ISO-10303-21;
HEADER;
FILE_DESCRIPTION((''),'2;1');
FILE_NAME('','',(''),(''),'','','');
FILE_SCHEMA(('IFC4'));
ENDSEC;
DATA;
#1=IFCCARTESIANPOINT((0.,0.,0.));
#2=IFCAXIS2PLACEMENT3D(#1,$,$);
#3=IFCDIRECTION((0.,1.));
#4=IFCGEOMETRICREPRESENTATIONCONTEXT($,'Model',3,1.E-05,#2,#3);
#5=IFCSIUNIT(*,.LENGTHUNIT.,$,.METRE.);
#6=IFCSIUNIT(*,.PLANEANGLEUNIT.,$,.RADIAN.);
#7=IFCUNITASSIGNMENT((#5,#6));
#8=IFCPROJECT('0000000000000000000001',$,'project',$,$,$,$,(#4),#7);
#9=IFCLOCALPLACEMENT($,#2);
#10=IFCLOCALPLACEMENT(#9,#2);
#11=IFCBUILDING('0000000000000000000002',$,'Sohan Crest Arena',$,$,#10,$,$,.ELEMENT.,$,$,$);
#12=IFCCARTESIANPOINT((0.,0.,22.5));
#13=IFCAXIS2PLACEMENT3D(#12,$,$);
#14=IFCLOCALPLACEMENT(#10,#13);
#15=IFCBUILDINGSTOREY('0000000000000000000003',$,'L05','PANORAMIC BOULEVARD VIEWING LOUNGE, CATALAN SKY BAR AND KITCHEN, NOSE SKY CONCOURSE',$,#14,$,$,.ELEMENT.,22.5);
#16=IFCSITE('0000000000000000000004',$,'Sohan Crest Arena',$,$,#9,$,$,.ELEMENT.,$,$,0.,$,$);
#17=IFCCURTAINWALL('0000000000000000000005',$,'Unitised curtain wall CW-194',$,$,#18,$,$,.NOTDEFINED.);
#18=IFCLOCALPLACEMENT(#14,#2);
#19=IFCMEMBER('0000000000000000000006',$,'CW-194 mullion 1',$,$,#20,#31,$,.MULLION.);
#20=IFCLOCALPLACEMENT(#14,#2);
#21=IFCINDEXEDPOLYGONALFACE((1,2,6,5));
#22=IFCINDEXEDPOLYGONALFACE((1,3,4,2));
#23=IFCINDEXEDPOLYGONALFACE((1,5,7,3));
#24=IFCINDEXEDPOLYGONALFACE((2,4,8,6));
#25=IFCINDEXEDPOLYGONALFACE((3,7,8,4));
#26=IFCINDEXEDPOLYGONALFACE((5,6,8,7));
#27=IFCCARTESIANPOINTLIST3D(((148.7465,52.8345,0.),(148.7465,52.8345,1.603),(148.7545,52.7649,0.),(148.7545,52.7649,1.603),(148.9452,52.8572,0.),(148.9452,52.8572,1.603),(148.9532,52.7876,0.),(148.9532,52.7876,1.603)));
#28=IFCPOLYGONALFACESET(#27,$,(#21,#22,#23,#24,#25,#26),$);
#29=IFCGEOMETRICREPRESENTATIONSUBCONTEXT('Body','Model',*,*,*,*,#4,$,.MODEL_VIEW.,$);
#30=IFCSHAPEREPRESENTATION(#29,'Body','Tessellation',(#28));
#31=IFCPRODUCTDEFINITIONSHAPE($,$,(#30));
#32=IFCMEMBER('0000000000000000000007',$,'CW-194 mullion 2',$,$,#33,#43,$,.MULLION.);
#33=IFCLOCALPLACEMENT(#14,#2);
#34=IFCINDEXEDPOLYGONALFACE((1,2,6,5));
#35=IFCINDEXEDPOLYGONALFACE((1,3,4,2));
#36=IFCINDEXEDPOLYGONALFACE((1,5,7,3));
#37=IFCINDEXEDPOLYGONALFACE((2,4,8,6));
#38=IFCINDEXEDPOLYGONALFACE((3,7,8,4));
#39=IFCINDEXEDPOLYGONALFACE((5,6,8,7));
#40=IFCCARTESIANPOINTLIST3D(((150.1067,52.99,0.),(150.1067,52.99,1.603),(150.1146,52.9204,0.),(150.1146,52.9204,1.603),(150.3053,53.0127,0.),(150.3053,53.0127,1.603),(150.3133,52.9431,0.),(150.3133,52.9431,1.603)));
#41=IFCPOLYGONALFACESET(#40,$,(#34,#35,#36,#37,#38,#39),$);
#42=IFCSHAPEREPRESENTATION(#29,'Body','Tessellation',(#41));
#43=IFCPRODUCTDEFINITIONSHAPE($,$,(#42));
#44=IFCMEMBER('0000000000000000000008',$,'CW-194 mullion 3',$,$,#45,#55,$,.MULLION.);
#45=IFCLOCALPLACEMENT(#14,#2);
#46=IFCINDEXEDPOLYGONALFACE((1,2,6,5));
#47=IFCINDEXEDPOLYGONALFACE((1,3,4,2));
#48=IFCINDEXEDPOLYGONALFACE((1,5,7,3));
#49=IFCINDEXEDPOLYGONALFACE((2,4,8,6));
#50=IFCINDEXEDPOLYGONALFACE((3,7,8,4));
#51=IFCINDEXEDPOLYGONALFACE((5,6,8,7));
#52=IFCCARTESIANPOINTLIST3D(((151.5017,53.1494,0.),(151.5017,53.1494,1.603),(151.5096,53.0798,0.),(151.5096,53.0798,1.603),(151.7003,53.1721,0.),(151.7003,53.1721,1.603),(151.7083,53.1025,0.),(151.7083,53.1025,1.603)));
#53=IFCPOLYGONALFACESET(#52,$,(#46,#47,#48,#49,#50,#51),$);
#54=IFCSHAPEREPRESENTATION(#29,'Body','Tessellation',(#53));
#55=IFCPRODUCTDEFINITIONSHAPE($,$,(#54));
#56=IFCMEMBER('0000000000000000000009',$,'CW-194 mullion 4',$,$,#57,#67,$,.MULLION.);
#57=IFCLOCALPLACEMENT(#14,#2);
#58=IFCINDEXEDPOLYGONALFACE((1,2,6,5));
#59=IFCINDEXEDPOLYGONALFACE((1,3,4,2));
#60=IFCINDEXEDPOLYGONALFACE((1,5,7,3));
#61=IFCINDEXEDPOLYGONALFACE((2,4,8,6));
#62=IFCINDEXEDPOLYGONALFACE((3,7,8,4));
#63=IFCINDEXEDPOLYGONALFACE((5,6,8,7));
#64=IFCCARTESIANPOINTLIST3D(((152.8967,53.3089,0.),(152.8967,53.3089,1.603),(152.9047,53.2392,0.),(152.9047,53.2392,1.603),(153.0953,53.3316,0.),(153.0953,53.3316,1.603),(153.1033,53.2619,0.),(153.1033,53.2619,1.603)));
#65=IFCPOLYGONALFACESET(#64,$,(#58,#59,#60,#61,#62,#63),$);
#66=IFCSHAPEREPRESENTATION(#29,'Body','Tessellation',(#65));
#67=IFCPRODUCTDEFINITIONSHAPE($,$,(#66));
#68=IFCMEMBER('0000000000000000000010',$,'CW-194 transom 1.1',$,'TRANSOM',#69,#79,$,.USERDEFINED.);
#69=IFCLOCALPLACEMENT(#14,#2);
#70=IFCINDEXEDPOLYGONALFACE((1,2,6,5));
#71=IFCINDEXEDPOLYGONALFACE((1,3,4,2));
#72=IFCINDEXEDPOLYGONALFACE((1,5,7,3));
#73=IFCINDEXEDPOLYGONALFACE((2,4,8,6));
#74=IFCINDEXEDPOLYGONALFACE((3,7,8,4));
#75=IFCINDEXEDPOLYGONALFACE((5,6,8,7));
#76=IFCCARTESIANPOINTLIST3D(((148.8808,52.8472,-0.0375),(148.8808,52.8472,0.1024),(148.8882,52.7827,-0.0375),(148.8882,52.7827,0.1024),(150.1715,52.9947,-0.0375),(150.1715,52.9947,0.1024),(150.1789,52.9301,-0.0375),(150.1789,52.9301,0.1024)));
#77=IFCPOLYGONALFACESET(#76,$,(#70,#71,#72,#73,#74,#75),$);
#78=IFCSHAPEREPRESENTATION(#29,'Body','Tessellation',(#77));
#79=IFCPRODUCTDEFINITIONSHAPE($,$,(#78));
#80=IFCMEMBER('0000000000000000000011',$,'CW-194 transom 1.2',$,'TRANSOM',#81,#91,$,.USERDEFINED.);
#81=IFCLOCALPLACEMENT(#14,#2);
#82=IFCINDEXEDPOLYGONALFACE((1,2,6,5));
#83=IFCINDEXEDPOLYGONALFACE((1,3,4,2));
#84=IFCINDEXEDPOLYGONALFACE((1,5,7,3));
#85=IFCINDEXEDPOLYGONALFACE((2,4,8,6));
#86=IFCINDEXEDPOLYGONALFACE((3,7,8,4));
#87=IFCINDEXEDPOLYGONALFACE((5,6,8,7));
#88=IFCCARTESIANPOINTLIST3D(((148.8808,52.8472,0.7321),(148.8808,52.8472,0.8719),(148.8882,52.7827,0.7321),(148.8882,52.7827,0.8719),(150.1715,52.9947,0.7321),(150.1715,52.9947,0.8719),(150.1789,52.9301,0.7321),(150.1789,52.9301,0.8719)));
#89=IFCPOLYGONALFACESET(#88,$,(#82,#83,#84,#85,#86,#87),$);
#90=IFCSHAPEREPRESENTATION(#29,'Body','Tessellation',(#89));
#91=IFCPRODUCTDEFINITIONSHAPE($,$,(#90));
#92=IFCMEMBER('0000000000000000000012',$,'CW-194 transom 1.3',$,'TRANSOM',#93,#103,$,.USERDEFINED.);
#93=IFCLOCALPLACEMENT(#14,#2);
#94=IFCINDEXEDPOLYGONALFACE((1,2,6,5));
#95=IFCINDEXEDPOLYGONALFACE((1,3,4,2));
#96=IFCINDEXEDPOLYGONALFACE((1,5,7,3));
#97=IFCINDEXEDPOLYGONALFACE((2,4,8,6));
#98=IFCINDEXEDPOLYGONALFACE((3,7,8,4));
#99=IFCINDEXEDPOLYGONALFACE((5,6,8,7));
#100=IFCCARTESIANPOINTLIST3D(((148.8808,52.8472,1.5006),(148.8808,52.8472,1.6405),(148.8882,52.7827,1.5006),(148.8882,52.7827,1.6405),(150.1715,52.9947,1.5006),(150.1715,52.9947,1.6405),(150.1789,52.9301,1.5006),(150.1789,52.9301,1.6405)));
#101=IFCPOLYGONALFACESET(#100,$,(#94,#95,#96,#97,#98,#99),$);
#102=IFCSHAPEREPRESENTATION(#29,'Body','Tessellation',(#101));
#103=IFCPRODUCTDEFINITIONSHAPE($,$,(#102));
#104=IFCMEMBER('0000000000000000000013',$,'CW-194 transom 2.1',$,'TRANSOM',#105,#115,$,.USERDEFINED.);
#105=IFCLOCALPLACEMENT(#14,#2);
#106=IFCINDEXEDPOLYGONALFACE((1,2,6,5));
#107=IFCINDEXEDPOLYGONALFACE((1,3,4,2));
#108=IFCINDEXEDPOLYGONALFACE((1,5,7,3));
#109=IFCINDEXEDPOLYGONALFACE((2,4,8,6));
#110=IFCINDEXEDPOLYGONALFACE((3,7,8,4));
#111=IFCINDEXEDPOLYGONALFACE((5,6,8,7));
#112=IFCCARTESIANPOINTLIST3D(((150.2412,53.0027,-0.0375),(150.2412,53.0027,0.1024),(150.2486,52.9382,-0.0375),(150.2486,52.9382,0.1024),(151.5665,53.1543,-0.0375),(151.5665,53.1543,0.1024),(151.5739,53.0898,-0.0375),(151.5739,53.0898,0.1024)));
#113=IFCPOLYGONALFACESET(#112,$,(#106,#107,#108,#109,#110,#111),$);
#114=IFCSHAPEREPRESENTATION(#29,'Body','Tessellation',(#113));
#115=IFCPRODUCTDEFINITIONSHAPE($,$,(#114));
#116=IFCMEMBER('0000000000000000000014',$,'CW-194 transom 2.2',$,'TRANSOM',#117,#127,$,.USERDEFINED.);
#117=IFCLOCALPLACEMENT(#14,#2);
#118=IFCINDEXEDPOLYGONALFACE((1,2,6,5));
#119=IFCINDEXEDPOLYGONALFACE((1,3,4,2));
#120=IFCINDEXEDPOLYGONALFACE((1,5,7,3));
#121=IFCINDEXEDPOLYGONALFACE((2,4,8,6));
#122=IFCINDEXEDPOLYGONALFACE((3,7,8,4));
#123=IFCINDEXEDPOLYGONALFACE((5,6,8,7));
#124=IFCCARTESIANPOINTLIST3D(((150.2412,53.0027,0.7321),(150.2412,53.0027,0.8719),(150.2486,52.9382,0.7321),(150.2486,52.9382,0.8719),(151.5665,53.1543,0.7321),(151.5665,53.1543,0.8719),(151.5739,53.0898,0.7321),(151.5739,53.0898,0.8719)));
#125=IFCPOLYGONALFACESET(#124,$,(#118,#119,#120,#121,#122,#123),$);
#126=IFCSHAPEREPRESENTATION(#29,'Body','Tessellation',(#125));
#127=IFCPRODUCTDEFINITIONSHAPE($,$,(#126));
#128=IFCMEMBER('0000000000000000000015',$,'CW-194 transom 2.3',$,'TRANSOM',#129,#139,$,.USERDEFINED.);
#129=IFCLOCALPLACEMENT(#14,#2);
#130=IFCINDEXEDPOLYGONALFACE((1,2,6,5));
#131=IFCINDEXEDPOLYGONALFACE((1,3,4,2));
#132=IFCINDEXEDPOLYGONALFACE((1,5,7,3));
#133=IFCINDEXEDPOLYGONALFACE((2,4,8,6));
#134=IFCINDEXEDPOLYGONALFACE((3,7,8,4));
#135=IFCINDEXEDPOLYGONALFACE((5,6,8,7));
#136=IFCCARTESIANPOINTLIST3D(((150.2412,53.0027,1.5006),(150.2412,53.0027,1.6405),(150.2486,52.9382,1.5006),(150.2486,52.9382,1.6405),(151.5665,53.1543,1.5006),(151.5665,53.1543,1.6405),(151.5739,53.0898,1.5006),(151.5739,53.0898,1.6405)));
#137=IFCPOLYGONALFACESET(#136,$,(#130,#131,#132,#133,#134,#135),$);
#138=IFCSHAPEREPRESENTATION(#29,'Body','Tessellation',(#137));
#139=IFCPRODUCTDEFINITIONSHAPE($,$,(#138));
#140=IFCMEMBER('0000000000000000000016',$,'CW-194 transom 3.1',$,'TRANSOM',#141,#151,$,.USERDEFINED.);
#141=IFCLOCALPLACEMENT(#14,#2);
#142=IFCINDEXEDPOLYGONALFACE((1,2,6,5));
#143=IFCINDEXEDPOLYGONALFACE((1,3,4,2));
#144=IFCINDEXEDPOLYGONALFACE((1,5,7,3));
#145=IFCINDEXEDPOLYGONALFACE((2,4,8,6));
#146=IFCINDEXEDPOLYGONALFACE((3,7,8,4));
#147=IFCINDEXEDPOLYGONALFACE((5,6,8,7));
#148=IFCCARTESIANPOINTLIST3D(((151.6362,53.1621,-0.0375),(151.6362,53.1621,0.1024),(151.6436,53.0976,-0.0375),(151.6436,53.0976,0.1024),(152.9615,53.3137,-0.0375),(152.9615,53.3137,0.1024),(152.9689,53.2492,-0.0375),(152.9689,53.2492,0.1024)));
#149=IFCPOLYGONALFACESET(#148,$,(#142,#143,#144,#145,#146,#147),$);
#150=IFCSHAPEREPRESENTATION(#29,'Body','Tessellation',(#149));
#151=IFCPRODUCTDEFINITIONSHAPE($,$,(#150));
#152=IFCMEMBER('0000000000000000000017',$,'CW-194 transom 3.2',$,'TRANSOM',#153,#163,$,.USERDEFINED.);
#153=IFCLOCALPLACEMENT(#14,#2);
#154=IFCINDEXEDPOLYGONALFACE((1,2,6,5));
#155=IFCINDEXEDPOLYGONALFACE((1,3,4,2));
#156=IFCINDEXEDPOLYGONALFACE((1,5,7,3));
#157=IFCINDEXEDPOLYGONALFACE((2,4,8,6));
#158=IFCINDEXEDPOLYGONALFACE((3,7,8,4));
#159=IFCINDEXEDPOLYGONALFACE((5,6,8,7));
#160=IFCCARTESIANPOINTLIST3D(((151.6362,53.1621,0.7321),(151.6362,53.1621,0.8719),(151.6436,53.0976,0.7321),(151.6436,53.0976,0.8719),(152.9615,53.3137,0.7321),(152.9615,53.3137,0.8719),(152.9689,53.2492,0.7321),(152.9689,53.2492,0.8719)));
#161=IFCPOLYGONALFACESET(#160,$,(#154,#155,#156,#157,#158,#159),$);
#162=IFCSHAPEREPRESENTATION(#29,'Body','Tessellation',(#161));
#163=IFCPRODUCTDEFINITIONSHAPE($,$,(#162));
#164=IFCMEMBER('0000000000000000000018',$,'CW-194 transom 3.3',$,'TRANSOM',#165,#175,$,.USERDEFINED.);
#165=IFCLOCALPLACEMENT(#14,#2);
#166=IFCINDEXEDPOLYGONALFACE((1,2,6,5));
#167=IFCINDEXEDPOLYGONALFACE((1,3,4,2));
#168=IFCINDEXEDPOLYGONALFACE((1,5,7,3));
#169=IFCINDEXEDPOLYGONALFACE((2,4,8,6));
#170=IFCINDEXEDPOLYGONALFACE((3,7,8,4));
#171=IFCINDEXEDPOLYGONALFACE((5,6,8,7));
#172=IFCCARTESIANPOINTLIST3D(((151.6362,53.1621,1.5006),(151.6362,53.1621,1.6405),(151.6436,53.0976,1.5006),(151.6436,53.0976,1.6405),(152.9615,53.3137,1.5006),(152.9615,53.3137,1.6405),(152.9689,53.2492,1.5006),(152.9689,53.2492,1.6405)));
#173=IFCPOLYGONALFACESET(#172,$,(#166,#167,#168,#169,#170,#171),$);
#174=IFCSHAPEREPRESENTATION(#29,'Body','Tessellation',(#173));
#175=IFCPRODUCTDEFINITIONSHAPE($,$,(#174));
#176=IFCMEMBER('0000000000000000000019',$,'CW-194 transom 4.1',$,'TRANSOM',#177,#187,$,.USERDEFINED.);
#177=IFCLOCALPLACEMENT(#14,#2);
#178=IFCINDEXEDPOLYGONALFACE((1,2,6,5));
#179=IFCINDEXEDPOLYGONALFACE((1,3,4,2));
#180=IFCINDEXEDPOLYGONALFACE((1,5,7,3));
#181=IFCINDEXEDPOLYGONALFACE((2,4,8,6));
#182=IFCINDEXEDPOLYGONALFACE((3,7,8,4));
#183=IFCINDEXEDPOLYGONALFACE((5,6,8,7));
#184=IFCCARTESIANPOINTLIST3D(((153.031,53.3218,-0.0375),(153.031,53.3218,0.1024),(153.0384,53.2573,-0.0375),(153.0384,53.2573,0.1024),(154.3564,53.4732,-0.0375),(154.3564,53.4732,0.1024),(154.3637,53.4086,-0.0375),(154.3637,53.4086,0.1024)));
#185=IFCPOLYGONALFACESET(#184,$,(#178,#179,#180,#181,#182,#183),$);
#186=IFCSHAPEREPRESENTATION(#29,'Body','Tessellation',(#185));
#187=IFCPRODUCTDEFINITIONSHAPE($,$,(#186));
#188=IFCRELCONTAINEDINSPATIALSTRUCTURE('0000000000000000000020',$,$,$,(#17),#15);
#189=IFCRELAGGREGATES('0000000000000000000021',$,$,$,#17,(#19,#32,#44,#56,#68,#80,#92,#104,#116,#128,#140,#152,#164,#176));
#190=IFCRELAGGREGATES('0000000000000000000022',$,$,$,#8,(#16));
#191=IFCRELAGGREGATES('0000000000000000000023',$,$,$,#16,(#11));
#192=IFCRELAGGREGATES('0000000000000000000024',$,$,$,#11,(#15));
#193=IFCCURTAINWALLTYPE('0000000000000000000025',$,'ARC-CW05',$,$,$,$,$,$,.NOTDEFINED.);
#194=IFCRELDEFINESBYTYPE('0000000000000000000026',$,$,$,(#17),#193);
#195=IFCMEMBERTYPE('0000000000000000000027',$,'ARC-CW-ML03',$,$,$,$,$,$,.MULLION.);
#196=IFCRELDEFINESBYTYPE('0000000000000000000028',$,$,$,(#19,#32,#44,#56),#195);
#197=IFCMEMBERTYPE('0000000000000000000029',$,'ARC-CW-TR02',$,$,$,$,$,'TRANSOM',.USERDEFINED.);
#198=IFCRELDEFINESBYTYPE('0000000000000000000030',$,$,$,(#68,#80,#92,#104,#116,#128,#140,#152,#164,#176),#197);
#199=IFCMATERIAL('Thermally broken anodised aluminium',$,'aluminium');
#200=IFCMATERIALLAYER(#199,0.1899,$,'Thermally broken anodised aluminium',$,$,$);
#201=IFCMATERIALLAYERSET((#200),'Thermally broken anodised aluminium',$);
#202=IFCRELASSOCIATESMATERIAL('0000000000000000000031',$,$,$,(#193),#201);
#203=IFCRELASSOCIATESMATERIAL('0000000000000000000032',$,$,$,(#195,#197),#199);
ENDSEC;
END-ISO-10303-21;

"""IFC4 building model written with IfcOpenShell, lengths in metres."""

from ifc_helpers import new_model, si_unit, direction, frame, origin, origin_2d, place, context, subcontext, project, spatial, rectangle, extrude, material, layer, layer_set, material_profile, profile_set, type_object, element, aggregate, save


model = new_model("IFC4")

# Units and contexts
model_context = context("Model", 3, precision=1e-05, world=origin(), true_north=direction((0.0, 1.0)))
body_context = subcontext(model_context, "Body", "Model", "MODEL_VIEW")
ifc_project = project(units=[si_unit("LENGTHUNIT", "METRE"), si_unit("PLANEANGLEUNIT", "RADIAN")], contexts=[model_context])

# Site, building, storey
site_placement = place(None, origin())
site = spatial("IfcSite", under=ifc_project, at=site_placement, Name="Sohan Crest Arena", CompositionType="ELEMENT", RefElevation=0.0)
building_placement = place(site_placement, origin())
building = spatial("IfcBuilding", under=site, at=building_placement, Name="Sohan Crest Arena", CompositionType="ELEMENT")
storey_placement = place(building_placement, frame((0.0, 0.0, 22.5)))
storey = spatial("IfcBuildingStorey", under=building, at=storey_placement, Name="L05", Description="PANORAMIC BOULEVARD VIEWING LOUNGE, CATALAN SKY BAR AND KITCHEN, NOSE SKY CONCOURSE", CompositionType="ELEMENT", Elevation=22.5)

# Curtain wall, members
ifc_material_1 = material(Name="Thermally broken anodised aluminium", Category="aluminium")
ifc_layer_1 = layer(ifc_material_1, 0.1899, Name="Thermally broken anodised aluminium")
ifc_layer_set_1 = layer_set([ifc_layer_1], Name="Thermally broken anodised aluminium")
curtain_wall_type = type_object("IfcCurtainWallType", Name="ARC-CW05", PredefinedType="NOTDEFINED", material=ifc_layer_set_1)
curtain_wall_placement = place(storey_placement, origin())
curtain_wall = element("IfcCurtainWall", 1, at=curtain_wall_placement, inside=storey, type_object=curtain_wall_type, Name="Unitised curtain wall CW-194", PredefinedType="NOTDEFINED")
ifc_material_profile_1 = material_profile(ifc_material_1, rectangle(XDim=0.0701, YDim=0.2, at=origin_2d()), Name="ALU-MULL 70x200")
ifc_profile_set_1 = profile_set([ifc_material_profile_1], Name="Thermally broken anodised aluminium")
member_type_1 = type_object("IfcMemberType", Name="ARC-CW-ML03", PredefinedType="MULLION", material=ifc_profile_set_1)
member_1_placement = place(storey_placement, frame((148.8499, 52.811, 0.0), z_axis=(0.0, 0.0, 1.0), x_axis=(-0.113597, 0.993527, 0.0)))
member_1 = element("IfcMember", 2, at=member_1_placement, type_object=member_type_1, Name="CW-194 mullion 1", PredefinedType="MULLION", context=body_context, shape_type="SweptSolid", body=[
    extrude(rectangle(XDim=0.0701, YDim=0.2, at=origin_2d()), origin(), (0.0, 0.0, 1.0), 1.603),
])
member_2_placement = place(storey_placement, frame((150.21, 52.9666, 0.0), z_axis=(0.0, 0.0, 1.0), x_axis=(-0.113597, 0.993527, 0.0)))
member_2 = element("IfcMember", 3, at=member_2_placement, type_object=member_type_1, Name="CW-194 mullion 2", PredefinedType="MULLION", context=body_context, shape_type="SweptSolid", body=[
    extrude(rectangle(XDim=0.0701, YDim=0.2, at=origin_2d()), origin(), (0.0, 0.0, 1.0), 1.603),
])
member_3_placement = place(storey_placement, frame((151.605, 53.126, 0.0), z_axis=(0.0, 0.0, 1.0), x_axis=(-0.113597, 0.993527, 0.0)))
member_3 = element("IfcMember", 4, at=member_3_placement, type_object=member_type_1, Name="CW-194 mullion 3", PredefinedType="MULLION", context=body_context, shape_type="SweptSolid", body=[
    extrude(rectangle(XDim=0.0701, YDim=0.2, at=origin_2d()), origin(), (0.0, 0.0, 1.0), 1.603),
])
member_4_placement = place(storey_placement, frame((153.0, 53.2854, 0.0), z_axis=(0.0, 0.0, 1.0), x_axis=(-0.113597, 0.993527, 0.0)))
member_4 = element("IfcMember", 5, at=member_4_placement, type_object=member_type_1, Name="CW-194 mullion 4", PredefinedType="MULLION", context=body_context, shape_type="SweptSolid", body=[
    extrude(rectangle(XDim=0.0701, YDim=0.2, at=origin_2d()), origin(), (0.0, 0.0, 1.0), 1.603),
])
ifc_material_profile_2 = material_profile(ifc_material_1, rectangle(XDim=0.0649, YDim=0.1399, at=origin_2d()), Name="ALU-TRAN 65x140")
ifc_profile_set_2 = profile_set([ifc_material_profile_2], Name="Thermally broken anodised aluminium")
member_type_2 = type_object("IfcMemberType", Name="ARC-CW-TR02", ElementType="TRANSOM", PredefinedType="USERDEFINED", material=ifc_profile_set_2)
member_5_placement = place(storey_placement, frame((148.8845, 52.8149, 0.0325), z_axis=(0.993538, 0.113504, 0.0), x_axis=(-0.113504, 0.993538, 0.0)))
member_5 = element("IfcMember", 6, at=member_5_placement, type_object=member_type_2, Name="CW-194 transom 1.1", ObjectType="TRANSOM", PredefinedType="USERDEFINED", context=body_context, shape_type="SweptSolid", body=[
    extrude(rectangle(XDim=0.0649, YDim=0.1399, at=origin_2d()), origin(), (0.0, 0.0, 1.0), 1.2991),
])
member_6_placement = place(storey_placement, frame((148.8845, 52.8149, 0.802), z_axis=(0.993538, 0.113504, 0.0), x_axis=(-0.113504, 0.993538, 0.0)))
member_6 = element("IfcMember", 7, at=member_6_placement, type_object=member_type_2, Name="CW-194 transom 1.2", ObjectType="TRANSOM", PredefinedType="USERDEFINED", context=body_context, shape_type="SweptSolid", body=[
    extrude(rectangle(XDim=0.0649, YDim=0.1399, at=origin_2d()), origin(), (0.0, 0.0, 1.0), 1.2991),
])
member_7_placement = place(storey_placement, frame((148.8845, 52.8149, 1.5706), z_axis=(0.993538, 0.113504, 0.0), x_axis=(-0.113504, 0.993538, 0.0)))
member_7 = element("IfcMember", 8, at=member_7_placement, type_object=member_type_2, Name="CW-194 transom 1.3", ObjectType="TRANSOM", PredefinedType="USERDEFINED", context=body_context, shape_type="SweptSolid", body=[
    extrude(rectangle(XDim=0.0649, YDim=0.1399, at=origin_2d()), origin(), (0.0, 0.0, 1.0), 1.2991),
])
member_8_placement = place(storey_placement, frame((150.2449, 52.9705, 0.0325), z_axis=(0.993521, 0.113645, 0.0), x_axis=(-0.113645, 0.993521, 0.0)))
member_8 = element("IfcMember", 9, at=member_8_placement, type_object=member_type_2, Name="CW-194 transom 2.1", ObjectType="TRANSOM", PredefinedType="USERDEFINED", context=body_context, shape_type="SweptSolid", body=[
    extrude(rectangle(XDim=0.0649, YDim=0.1399, at=origin_2d()), origin(), (0.0, 0.0, 1.0), 1.334),
])
member_9_placement = place(storey_placement, frame((150.2449, 52.9705, 0.802), z_axis=(0.993521, 0.113645, 0.0), x_axis=(-0.113645, 0.993521, 0.0)))
member_9 = element("IfcMember", 10, at=member_9_placement, type_object=member_type_2, Name="CW-194 transom 2.2", ObjectType="TRANSOM", PredefinedType="USERDEFINED", context=body_context, shape_type="SweptSolid", body=[
    extrude(rectangle(XDim=0.0649, YDim=0.1399, at=origin_2d()), origin(), (0.0, 0.0, 1.0), 1.334),
])
member_10_placement = place(storey_placement, frame((150.2449, 52.9705, 1.5706), z_axis=(0.993521, 0.113645, 0.0), x_axis=(-0.113645, 0.993521, 0.0)))
member_10 = element("IfcMember", 11, at=member_10_placement, type_object=member_type_2, Name="CW-194 transom 2.3", ObjectType="TRANSOM", PredefinedType="USERDEFINED", context=body_context, shape_type="SweptSolid", body=[
    extrude(rectangle(XDim=0.0649, YDim=0.1399, at=origin_2d()), origin(), (0.0, 0.0, 1.0), 1.334),
])
member_11_placement = place(storey_placement, frame((151.6399, 53.1299, 0.0325), z_axis=(0.993521, 0.113645, 0.0), x_axis=(-0.113645, 0.993521, 0.0)))
member_11 = element("IfcMember", 12, at=member_11_placement, type_object=member_type_2, Name="CW-194 transom 3.1", ObjectType="TRANSOM", PredefinedType="USERDEFINED", context=body_context, shape_type="SweptSolid", body=[
    extrude(rectangle(XDim=0.0649, YDim=0.1399, at=origin_2d()), origin(), (0.0, 0.0, 1.0), 1.334),
])
member_12_placement = place(storey_placement, frame((151.6399, 53.1299, 0.802), z_axis=(0.993521, 0.113645, 0.0), x_axis=(-0.113645, 0.993521, 0.0)))
member_12 = element("IfcMember", 13, at=member_12_placement, type_object=member_type_2, Name="CW-194 transom 3.2", ObjectType="TRANSOM", PredefinedType="USERDEFINED", context=body_context, shape_type="SweptSolid", body=[
    extrude(rectangle(XDim=0.0649, YDim=0.1399, at=origin_2d()), origin(), (0.0, 0.0, 1.0), 1.334),
])
member_13_placement = place(storey_placement, frame((151.6399, 53.1299, 1.5706), z_axis=(0.993521, 0.113645, 0.0), x_axis=(-0.113645, 0.993521, 0.0)))
member_13 = element("IfcMember", 14, at=member_13_placement, type_object=member_type_2, Name="CW-194 transom 3.3", ObjectType="TRANSOM", PredefinedType="USERDEFINED", context=body_context, shape_type="SweptSolid", body=[
    extrude(rectangle(XDim=0.0649, YDim=0.1399, at=origin_2d()), origin(), (0.0, 0.0, 1.0), 1.334),
])
member_14_placement = place(storey_placement, frame((153.0347, 53.2896, 0.0325), z_axis=(0.993542, 0.113464, 0.0), x_axis=(-0.113464, 0.993542, 0.0)))
member_14 = element("IfcMember", 15, at=member_14_placement, type_object=member_type_2, Name="CW-194 transom 4.1", ObjectType="TRANSOM", PredefinedType="USERDEFINED", context=body_context, shape_type="SweptSolid", body=[
    extrude(rectangle(XDim=0.0649, YDim=0.1399, at=origin_2d()), origin(), (0.0, 0.0, 1.0), 1.334),
])
aggregate(curtain_wall, [member_1, member_2, member_3, member_4, member_5, member_6, member_7, member_8, member_9, member_10, member_11, member_12, member_13, member_14])

save(model, "model.ifc")
